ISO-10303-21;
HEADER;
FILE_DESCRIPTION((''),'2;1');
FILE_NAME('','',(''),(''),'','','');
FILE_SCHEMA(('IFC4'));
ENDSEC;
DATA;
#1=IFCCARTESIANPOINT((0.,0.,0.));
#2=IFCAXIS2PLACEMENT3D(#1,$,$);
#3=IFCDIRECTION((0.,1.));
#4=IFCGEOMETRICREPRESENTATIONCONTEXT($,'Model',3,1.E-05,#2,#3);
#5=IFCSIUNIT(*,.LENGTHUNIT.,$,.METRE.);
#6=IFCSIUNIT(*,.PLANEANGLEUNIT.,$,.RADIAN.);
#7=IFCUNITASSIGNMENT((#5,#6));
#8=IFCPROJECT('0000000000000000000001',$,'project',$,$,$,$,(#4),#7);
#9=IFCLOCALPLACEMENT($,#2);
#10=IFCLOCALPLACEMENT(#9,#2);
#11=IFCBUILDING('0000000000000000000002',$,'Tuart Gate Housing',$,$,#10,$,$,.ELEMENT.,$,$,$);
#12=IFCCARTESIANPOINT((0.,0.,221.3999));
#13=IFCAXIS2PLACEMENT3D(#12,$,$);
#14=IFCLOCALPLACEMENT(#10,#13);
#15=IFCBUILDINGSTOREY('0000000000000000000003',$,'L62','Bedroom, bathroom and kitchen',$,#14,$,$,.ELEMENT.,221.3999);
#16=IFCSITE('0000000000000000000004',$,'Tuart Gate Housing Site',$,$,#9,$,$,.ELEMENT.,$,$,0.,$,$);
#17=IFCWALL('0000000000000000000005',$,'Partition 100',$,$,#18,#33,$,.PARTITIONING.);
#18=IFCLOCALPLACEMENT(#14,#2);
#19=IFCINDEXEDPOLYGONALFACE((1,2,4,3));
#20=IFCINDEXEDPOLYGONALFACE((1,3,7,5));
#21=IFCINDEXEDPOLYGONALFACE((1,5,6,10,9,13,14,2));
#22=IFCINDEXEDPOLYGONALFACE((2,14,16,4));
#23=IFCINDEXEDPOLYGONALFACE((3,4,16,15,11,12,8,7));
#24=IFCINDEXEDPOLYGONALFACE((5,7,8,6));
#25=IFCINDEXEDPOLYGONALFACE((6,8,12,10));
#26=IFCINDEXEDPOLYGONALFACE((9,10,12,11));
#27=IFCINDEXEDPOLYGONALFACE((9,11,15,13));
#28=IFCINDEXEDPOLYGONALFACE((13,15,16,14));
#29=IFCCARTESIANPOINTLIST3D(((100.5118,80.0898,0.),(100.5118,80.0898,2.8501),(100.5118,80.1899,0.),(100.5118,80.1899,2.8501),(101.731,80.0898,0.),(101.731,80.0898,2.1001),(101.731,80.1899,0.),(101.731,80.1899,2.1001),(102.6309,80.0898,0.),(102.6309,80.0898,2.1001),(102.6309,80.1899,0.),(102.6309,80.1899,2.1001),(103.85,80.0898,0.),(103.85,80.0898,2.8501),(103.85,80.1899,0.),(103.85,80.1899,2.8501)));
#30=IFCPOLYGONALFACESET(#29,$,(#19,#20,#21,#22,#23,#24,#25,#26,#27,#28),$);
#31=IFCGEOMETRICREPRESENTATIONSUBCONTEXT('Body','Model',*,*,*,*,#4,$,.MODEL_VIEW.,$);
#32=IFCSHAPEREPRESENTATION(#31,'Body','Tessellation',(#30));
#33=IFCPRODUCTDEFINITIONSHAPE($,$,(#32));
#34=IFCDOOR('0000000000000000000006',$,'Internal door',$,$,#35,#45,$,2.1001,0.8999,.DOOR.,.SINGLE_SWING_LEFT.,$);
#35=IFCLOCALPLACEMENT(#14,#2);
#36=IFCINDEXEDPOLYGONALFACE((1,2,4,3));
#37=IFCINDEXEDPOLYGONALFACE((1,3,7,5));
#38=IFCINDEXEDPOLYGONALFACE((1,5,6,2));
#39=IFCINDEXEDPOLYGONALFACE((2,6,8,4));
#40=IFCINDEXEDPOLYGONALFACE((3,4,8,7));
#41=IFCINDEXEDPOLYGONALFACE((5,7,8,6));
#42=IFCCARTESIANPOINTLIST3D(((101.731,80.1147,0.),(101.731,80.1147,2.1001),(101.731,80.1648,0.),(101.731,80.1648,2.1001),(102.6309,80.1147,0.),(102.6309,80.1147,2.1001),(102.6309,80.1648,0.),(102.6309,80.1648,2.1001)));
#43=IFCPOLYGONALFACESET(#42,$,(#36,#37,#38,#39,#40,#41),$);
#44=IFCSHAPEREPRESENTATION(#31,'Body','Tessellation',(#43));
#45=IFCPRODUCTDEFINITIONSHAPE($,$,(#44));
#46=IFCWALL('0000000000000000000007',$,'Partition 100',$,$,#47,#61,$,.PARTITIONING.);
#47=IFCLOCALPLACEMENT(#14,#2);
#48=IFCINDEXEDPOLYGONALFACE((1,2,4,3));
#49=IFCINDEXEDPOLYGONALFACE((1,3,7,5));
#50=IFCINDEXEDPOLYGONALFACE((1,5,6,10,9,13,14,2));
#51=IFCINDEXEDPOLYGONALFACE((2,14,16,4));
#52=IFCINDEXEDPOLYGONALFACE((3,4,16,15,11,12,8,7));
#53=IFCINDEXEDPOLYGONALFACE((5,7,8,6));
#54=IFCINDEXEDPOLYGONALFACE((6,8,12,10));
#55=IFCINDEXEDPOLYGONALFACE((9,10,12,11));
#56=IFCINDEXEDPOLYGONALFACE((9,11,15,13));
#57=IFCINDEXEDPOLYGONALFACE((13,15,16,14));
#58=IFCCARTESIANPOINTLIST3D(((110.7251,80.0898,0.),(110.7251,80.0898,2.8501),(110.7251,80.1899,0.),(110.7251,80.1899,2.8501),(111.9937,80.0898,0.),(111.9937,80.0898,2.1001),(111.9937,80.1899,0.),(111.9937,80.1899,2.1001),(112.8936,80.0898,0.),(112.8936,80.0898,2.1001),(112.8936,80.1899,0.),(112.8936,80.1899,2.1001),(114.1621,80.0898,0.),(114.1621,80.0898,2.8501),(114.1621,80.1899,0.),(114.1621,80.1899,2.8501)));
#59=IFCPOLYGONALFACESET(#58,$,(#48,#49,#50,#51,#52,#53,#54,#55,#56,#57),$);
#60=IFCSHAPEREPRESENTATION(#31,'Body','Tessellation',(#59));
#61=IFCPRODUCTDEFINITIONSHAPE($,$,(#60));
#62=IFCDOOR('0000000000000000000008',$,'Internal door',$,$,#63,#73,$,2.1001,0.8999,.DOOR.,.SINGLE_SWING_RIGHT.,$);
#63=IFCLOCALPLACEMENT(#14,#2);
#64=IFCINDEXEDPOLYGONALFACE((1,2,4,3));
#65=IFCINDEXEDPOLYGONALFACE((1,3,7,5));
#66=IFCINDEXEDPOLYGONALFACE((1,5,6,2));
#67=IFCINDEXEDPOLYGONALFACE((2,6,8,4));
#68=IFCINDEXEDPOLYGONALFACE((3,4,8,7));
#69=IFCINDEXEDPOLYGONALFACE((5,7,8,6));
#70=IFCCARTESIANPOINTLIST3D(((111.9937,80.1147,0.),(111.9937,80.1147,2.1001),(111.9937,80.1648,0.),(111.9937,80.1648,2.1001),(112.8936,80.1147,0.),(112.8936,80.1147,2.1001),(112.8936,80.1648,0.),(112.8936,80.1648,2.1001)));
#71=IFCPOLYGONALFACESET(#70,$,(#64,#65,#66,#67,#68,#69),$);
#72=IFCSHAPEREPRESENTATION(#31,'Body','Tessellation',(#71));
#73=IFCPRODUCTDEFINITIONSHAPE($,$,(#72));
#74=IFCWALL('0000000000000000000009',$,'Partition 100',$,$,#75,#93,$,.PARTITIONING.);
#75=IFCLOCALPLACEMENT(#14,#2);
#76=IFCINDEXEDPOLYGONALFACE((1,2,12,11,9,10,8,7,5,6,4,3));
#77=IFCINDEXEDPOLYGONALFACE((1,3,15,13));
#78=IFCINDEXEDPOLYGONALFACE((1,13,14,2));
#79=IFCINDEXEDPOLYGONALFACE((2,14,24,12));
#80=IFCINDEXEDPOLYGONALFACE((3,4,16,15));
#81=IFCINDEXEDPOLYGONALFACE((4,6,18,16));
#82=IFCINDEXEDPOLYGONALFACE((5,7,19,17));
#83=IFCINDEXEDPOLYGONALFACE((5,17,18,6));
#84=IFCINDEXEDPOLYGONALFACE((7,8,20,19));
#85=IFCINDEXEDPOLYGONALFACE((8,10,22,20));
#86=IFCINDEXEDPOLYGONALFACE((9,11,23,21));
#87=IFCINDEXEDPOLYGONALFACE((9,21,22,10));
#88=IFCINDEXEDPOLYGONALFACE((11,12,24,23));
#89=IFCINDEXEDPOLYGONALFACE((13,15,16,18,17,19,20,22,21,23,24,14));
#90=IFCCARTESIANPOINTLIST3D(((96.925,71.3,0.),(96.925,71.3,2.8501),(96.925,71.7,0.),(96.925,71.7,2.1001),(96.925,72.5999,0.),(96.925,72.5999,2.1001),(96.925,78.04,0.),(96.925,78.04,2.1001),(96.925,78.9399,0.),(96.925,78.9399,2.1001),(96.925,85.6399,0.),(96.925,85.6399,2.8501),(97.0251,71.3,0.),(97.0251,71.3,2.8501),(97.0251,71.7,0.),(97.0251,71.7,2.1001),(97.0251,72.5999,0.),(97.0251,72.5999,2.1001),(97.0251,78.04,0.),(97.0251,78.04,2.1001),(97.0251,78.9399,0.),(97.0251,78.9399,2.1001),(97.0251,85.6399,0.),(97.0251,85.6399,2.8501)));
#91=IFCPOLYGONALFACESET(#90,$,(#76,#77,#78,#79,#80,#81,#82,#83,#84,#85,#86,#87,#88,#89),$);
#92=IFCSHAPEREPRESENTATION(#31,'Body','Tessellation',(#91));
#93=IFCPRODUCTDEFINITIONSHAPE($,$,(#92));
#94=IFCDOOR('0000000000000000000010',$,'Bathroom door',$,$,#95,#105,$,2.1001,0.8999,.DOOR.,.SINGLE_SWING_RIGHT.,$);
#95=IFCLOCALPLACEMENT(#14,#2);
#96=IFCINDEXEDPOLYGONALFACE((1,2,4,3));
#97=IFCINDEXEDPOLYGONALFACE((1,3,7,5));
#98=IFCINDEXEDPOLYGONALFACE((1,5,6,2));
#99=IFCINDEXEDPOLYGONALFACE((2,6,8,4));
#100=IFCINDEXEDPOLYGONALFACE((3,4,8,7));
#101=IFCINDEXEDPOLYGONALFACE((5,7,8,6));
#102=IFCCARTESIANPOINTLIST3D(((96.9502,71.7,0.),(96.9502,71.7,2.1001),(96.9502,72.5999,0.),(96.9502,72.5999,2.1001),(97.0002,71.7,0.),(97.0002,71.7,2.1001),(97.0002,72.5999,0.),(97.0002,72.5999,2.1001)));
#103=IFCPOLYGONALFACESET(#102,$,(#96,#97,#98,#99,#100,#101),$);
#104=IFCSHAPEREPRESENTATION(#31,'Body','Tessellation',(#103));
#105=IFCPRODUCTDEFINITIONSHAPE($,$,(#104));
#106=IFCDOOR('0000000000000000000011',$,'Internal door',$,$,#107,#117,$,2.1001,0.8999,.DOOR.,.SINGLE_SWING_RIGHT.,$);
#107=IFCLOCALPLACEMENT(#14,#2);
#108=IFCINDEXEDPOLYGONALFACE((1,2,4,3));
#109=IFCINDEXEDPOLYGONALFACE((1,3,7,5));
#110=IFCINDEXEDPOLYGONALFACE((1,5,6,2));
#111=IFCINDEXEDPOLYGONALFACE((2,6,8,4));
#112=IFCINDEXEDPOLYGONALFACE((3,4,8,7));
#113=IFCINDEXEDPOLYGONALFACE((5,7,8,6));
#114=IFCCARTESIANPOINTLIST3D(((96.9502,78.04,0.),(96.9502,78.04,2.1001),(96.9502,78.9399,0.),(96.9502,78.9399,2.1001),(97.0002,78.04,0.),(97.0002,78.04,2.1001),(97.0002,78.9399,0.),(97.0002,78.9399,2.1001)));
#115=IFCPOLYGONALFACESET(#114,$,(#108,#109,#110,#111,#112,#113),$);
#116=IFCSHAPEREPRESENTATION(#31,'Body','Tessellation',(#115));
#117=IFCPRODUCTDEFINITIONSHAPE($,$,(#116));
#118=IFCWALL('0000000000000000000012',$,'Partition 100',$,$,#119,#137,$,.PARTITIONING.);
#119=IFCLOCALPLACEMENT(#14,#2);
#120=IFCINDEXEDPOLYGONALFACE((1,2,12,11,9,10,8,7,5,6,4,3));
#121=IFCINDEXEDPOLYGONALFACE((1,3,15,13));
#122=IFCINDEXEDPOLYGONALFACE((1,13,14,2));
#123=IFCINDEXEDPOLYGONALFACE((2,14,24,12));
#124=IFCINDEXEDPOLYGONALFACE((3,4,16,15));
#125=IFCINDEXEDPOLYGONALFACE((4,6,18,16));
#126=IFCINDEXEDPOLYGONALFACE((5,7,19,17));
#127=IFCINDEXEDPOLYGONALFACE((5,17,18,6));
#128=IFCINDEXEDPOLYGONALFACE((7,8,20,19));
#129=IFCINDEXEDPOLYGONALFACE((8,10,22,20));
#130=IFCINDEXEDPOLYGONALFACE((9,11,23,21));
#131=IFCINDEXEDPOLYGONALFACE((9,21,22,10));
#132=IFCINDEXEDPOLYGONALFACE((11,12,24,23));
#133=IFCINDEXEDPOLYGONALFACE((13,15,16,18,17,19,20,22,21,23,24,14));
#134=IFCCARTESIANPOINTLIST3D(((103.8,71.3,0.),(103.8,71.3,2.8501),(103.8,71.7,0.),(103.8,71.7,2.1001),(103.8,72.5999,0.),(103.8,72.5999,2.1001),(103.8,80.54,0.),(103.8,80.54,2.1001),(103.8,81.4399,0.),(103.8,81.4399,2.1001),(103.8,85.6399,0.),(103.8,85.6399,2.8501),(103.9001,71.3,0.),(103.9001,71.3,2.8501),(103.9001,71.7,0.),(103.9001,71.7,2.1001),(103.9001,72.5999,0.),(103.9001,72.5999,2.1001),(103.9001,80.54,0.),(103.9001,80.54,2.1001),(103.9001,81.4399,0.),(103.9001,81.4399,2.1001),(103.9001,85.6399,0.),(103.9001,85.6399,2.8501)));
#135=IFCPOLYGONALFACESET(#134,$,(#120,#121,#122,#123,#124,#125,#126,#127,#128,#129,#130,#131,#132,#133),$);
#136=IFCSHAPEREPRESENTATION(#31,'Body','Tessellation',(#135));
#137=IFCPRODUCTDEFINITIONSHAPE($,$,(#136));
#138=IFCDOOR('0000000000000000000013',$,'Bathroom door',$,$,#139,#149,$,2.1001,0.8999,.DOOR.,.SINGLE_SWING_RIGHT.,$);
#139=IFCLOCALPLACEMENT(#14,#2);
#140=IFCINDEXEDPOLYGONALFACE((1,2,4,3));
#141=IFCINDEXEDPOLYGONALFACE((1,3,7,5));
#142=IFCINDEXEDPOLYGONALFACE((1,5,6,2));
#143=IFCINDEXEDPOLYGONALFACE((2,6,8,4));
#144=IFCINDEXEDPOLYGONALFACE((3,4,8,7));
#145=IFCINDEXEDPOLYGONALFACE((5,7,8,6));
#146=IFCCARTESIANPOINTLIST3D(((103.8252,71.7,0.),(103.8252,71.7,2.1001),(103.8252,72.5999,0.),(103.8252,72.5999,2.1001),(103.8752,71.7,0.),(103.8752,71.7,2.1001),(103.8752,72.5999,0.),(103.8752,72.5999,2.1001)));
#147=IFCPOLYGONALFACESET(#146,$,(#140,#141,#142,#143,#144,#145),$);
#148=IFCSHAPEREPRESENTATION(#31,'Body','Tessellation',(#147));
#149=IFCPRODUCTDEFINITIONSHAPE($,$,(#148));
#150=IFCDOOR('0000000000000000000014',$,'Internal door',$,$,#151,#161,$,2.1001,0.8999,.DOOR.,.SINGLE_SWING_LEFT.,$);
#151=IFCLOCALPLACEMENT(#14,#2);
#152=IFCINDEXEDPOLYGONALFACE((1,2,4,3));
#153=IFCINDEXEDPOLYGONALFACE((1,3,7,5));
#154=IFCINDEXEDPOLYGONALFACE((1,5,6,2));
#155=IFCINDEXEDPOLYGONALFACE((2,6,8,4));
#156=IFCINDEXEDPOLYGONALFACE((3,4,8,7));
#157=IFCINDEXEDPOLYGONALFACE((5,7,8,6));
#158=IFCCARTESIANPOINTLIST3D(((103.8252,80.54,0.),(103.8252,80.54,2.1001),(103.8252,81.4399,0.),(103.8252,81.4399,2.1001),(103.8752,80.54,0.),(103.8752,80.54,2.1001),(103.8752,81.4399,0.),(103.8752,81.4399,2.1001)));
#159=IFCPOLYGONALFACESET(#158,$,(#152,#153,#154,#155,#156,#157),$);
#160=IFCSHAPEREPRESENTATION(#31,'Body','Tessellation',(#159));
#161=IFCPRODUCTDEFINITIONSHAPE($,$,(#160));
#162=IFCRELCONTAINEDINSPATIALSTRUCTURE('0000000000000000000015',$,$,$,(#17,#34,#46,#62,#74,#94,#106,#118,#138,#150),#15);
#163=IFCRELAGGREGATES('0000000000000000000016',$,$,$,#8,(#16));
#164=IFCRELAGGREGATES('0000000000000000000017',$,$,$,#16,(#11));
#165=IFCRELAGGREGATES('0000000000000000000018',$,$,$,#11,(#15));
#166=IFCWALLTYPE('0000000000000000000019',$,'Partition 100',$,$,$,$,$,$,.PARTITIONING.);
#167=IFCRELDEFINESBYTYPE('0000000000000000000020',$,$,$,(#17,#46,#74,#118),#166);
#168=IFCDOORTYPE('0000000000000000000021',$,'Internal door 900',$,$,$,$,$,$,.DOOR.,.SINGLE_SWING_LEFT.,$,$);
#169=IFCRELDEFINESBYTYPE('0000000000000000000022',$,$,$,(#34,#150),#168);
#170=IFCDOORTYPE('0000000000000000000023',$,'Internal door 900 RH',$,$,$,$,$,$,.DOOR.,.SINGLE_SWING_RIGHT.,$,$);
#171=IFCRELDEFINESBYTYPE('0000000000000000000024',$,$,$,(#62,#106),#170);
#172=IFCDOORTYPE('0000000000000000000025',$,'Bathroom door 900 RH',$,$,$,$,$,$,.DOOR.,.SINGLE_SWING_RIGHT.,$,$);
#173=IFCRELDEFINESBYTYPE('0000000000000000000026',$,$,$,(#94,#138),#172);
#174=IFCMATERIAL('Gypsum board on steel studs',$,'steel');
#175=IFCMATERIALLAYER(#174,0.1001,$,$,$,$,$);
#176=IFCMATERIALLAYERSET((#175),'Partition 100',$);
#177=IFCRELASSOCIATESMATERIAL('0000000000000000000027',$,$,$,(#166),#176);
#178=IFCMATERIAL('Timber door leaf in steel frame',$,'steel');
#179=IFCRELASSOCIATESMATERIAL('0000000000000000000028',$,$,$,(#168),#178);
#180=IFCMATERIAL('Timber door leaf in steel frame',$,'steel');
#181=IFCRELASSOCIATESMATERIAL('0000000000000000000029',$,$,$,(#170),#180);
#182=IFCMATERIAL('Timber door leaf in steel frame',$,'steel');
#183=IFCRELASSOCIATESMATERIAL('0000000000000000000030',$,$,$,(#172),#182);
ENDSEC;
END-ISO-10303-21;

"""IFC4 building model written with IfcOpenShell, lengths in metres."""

from ifc_helpers import new_model, si_unit, direction, frame, frame_2d, origin, place, context, subcontext, project, spatial, rectangle, extrude, material, layer, layer_set, type_object, element, fill, save


model = new_model("IFC4")

# Units and contexts
model_context = context("Model", 3, precision=1e-05, world=origin(), true_north=direction((0.0, 1.0)))
body_context = subcontext(model_context, "Body", "Model", "MODEL_VIEW")
ifc_project = project(units=[si_unit("LENGTHUNIT", "METRE"), si_unit("PLANEANGLEUNIT", "RADIAN")], contexts=[model_context])

# Site, building, storey
site_placement = place(None, origin())
site = spatial("IfcSite", under=ifc_project, at=site_placement, Name="Tuart Gate Housing Site", CompositionType="ELEMENT", RefElevation=0.0)
building_placement = place(site_placement, origin())
building = spatial("IfcBuilding", under=site, at=building_placement, Name="Tuart Gate Housing", CompositionType="ELEMENT")
storey_placement = place(building_placement, frame((0.0, 0.0, 221.3999)))
storey = spatial("IfcBuildingStorey", under=building, at=storey_placement, Name="L62", Description="Bedroom, bathroom and kitchen", CompositionType="ELEMENT", Elevation=221.3999)

# Shared definitions
ifc_material_1 = material(Name="Gypsum board on steel studs", Category="steel")
ifc_layer_1 = layer(ifc_material_1, 0.1001)
ifc_layer_set_1 = layer_set([ifc_layer_1], Name="Partition 100")
wall_type_1 = type_object("IfcWallType", Name="Partition 100", PredefinedType="PARTITIONING", material=ifc_layer_set_1)

# Walls, openings, doors
wall_1_placement = place(storey_placement, frame((100.512, 80.1399, 0.0), z_axis=(0.0, 0.0, 1.0), x_axis=(1.0, 0.0, 0.0)))
wall_1 = element("IfcWall", 1, at=wall_1_placement, inside=storey, type_object=wall_type_1, Name="Partition 100", PredefinedType="PARTITIONING", context=body_context, shape_type="SweptSolid", body=[
    extrude(rectangle(XDim=3.3381, YDim=0.1001, at=frame_2d((1.6689, 0.0))), origin(), (0.0, 0.0, 1.0), 2.8501),
])
opening_1_placement = place(wall_1_placement, frame((1.219, 0.0, 0.0)))
opening_1 = element("IfcOpeningElement", 2, at=opening_1_placement, cuts=wall_1, PredefinedType="OPENING", context=body_context, shape_type="SweptSolid", body=[
    extrude(rectangle(XDim=0.8999, YDim=2.1001, at=frame_2d((0.45, 1.05))), frame((0.0, 0.0601, 0.0), z_axis=(0.0, -1.0, 0.0), x_axis=(1.0, 0.0, 0.0)), (0.0, 0.0, 1.0), 0.1201),
])
ifc_material_2 = material(Name="Timber door leaf in steel frame", Category="steel")
door_type_1 = type_object("IfcDoorType", Name="Internal door 900", OperationType="SINGLE_SWING_LEFT", PredefinedType="DOOR", material=ifc_material_2)
door_1_placement = place(opening_1_placement, frame((0.8999, 0.0, 0.0), z_axis=(0.0, 0.0, 1.0), x_axis=(-1.0, 0.0, 0.0)))
door_1 = element("IfcDoor", 3, at=door_1_placement, inside=storey, type_object=door_type_1, Name="Internal door", OperationType="SINGLE_SWING_LEFT", OverallHeight=2.1001, OverallWidth=0.8999, PredefinedType="DOOR", context=body_context, shape_type="SweptSolid", body=[
    extrude(rectangle(XDim=0.8999, YDim=2.1001, at=frame_2d((0.45, 1.05))), frame((0.0, 0.0251, 0.0), z_axis=(0.0, -1.0, 0.0), x_axis=(1.0, 0.0, 0.0)), (0.0, 0.0, 1.0), 0.05),
])
fill(opening_1, door_1)
wall_2_placement = place(storey_placement, frame((110.7251, 80.1399, 0.0), z_axis=(0.0, 0.0, 1.0), x_axis=(1.0, 0.0, 0.0)))
wall_2 = element("IfcWall", 4, at=wall_2_placement, inside=storey, type_object=wall_type_1, Name="Partition 100", PredefinedType="PARTITIONING", context=body_context, shape_type="SweptSolid", body=[
    extrude(rectangle(XDim=3.437, YDim=0.1001, at=frame_2d((1.7185, 0.0))), origin(), (0.0, 0.0, 1.0), 2.8501),
])
opening_2_placement = place(wall_2_placement, frame((1.2686, 0.0, 0.0)))
opening_2 = element("IfcOpeningElement", 5, at=opening_2_placement, cuts=wall_2, PredefinedType="OPENING", context=body_context, shape_type="SweptSolid", body=[
    extrude(rectangle(XDim=0.8999, YDim=2.1001, at=frame_2d((0.45, 1.05))), frame((0.0, 0.0601, 0.0), z_axis=(0.0, -1.0, 0.0), x_axis=(1.0, 0.0, 0.0)), (0.0, 0.0, 1.0), 0.1201),
])
ifc_material_3 = material(Name="Timber door leaf in steel frame", Category="steel")
door_type_2 = type_object("IfcDoorType", Name="Internal door 900 RH", OperationType="SINGLE_SWING_RIGHT", PredefinedType="DOOR", material=ifc_material_3)
door_2_placement = place(opening_2_placement, frame((0.8999, 0.0, 0.0), z_axis=(0.0, 0.0, 1.0), x_axis=(-1.0, 0.0, 0.0)))
door_2 = element("IfcDoor", 6, at=door_2_placement, inside=storey, type_object=door_type_2, Name="Internal door", OperationType="SINGLE_SWING_RIGHT", OverallHeight=2.1001, OverallWidth=0.8999, PredefinedType="DOOR", context=body_context, shape_type="SweptSolid", body=[
    extrude(rectangle(XDim=0.8999, YDim=2.1001, at=frame_2d((0.45, 1.05))), frame((0.0, 0.0251, 0.0), z_axis=(0.0, -1.0, 0.0), x_axis=(1.0, 0.0, 0.0)), (0.0, 0.0, 1.0), 0.05),
])
fill(opening_2, door_2)

# Walls, openings, doors
wall_3_placement = place(storey_placement, frame((96.9751, 71.3, 0.0), z_axis=(0.0, 0.0, 1.0), x_axis=(0.0, 1.0, 0.0)))
wall_3 = element("IfcWall", 7, at=wall_3_placement, inside=storey, type_object=wall_type_1, Name="Partition 100", PredefinedType="PARTITIONING", context=body_context, shape_type="SweptSolid", body=[
    extrude(rectangle(XDim=14.3398, YDim=0.1001, at=frame_2d((7.1699, 0.0))), origin(), (0.0, 0.0, 1.0), 2.8501),
])
opening_3_placement = place(wall_3_placement, frame((6.74, 0.0, 0.0)))
opening_3 = element("IfcOpeningElement", 8, at=opening_3_placement, cuts=wall_3, PredefinedType="OPENING", context=body_context, shape_type="SweptSolid", body=[
    extrude(rectangle(XDim=0.8999, YDim=2.1001, at=frame_2d((0.45, 1.05))), frame((0.0, 0.0601, 0.0), z_axis=(0.0, -1.0, 0.0), x_axis=(1.0, 0.0, 0.0)), (0.0, 0.0, 1.0), 0.1201),
])
opening_4_placement = place(wall_3_placement, frame((0.3999, 0.0, 0.0)))
opening_4 = element("IfcOpeningElement", 9, at=opening_4_placement, cuts=wall_3, PredefinedType="OPENING", context=body_context, shape_type="SweptSolid", body=[
    extrude(rectangle(XDim=0.8999, YDim=2.1001, at=frame_2d((0.45, 1.05))), frame((0.0, 0.0601, 0.0), z_axis=(0.0, -1.0, 0.0), x_axis=(1.0, 0.0, 0.0)), (0.0, 0.0, 1.0), 0.1201),
])
ifc_material_4 = material(Name="Timber door leaf in steel frame", Category="steel")
door_type_3 = type_object("IfcDoorType", Name="Bathroom door 900 RH", OperationType="SINGLE_SWING_RIGHT", PredefinedType="DOOR", material=ifc_material_4)
door_3_placement = place(opening_4_placement, frame((0.8999, 0.0, 0.0), z_axis=(0.0, 0.0, 1.0), x_axis=(-1.0, 0.0, 0.0)))
door_3 = element("IfcDoor", 10, at=door_3_placement, inside=storey, type_object=door_type_3, Name="Bathroom door", OperationType="SINGLE_SWING_RIGHT", OverallHeight=2.1001, OverallWidth=0.8999, PredefinedType="DOOR", context=body_context, shape_type="SweptSolid", body=[
    extrude(rectangle(XDim=0.8999, YDim=2.1001, at=frame_2d((0.45, 1.05))), frame((0.0, 0.0251, 0.0), z_axis=(0.0, -1.0, 0.0), x_axis=(1.0, 0.0, 0.0)), (0.0, 0.0, 1.0), 0.05),
])
fill(opening_4, door_3)
door_4_placement = place(opening_3_placement, frame((0.8999, 0.0, 0.0), z_axis=(0.0, 0.0, 1.0), x_axis=(-1.0, 0.0, 0.0)))
door_4 = element("IfcDoor", 11, at=door_4_placement, inside=storey, type_object=door_type_2, Name="Internal door", OperationType="SINGLE_SWING_RIGHT", OverallHeight=2.1001, OverallWidth=0.8999, PredefinedType="DOOR", context=body_context, shape_type="SweptSolid", body=[
    extrude(rectangle(XDim=0.8999, YDim=2.1001, at=frame_2d((0.45, 1.05))), frame((0.0, 0.0251, 0.0), z_axis=(0.0, -1.0, 0.0), x_axis=(1.0, 0.0, 0.0)), (0.0, 0.0, 1.0), 0.05),
])
fill(opening_3, door_4)
wall_4_placement = place(storey_placement, frame((103.8501, 71.3, 0.0), z_axis=(0.0, 0.0, 1.0), x_axis=(0.0, 1.0, 0.0)))
wall_4 = element("IfcWall", 12, at=wall_4_placement, inside=storey, type_object=wall_type_1, Name="Partition 100", PredefinedType="PARTITIONING", context=body_context, shape_type="SweptSolid", body=[
    extrude(rectangle(XDim=14.3398, YDim=0.1001, at=frame_2d((7.1699, 0.0))), origin(), (0.0, 0.0, 1.0), 2.8501),
])
opening_5_placement = place(wall_4_placement, frame((9.24, 0.0, 0.0)))
opening_5 = element("IfcOpeningElement", 13, at=opening_5_placement, cuts=wall_4, PredefinedType="OPENING", context=body_context, shape_type="SweptSolid", body=[
    extrude(rectangle(XDim=0.8999, YDim=2.1001, at=frame_2d((0.45, 1.05))), frame((0.0, 0.0601, 0.0), z_axis=(0.0, -1.0, 0.0), x_axis=(1.0, 0.0, 0.0)), (0.0, 0.0, 1.0), 0.1201),
])
opening_6_placement = place(wall_4_placement, frame((0.3999, 0.0, 0.0)))
opening_6 = element("IfcOpeningElement", 14, at=opening_6_placement, cuts=wall_4, PredefinedType="OPENING", context=body_context, shape_type="SweptSolid", body=[
    extrude(rectangle(XDim=0.8999, YDim=2.1001, at=frame_2d((0.45, 1.05))), frame((0.0, 0.0601, 0.0), z_axis=(0.0, -1.0, 0.0), x_axis=(1.0, 0.0, 0.0)), (0.0, 0.0, 1.0), 0.1201),
])
door_5_placement = place(opening_6_placement, frame((0.8999, 0.0, 0.0), z_axis=(0.0, 0.0, 1.0), x_axis=(-1.0, 0.0, 0.0)))
door_5 = element("IfcDoor", 15, at=door_5_placement, inside=storey, type_object=door_type_3, Name="Bathroom door", OperationType="SINGLE_SWING_RIGHT", OverallHeight=2.1001, OverallWidth=0.8999, PredefinedType="DOOR", context=body_context, shape_type="SweptSolid", body=[
    extrude(rectangle(XDim=0.8999, YDim=2.1001, at=frame_2d((0.45, 1.05))), frame((0.0, 0.0251, 0.0), z_axis=(0.0, -1.0, 0.0), x_axis=(1.0, 0.0, 0.0)), (0.0, 0.0, 1.0), 0.05),
])
fill(opening_6, door_5)
door_6_placement = place(opening_5_placement, frame((0.8999, 0.0, 0.0), z_axis=(0.0, 0.0, 1.0), x_axis=(-1.0, 0.0, 0.0)))
door_6 = element("IfcDoor", 16, at=door_6_placement, inside=storey, type_object=door_type_1, Name="Internal door", OperationType="SINGLE_SWING_LEFT", OverallHeight=2.1001, OverallWidth=0.8999, PredefinedType="DOOR", context=body_context, shape_type="SweptSolid", body=[
    extrude(rectangle(XDim=0.8999, YDim=2.1001, at=frame_2d((0.45, 1.05))), frame((0.0, 0.0251, 0.0), z_axis=(0.0, -1.0, 0.0), x_axis=(1.0, 0.0, 0.0)), (0.0, 0.0, 1.0), 0.05),
])
fill(opening_5, door_6)

save(model, "model.ifc")
